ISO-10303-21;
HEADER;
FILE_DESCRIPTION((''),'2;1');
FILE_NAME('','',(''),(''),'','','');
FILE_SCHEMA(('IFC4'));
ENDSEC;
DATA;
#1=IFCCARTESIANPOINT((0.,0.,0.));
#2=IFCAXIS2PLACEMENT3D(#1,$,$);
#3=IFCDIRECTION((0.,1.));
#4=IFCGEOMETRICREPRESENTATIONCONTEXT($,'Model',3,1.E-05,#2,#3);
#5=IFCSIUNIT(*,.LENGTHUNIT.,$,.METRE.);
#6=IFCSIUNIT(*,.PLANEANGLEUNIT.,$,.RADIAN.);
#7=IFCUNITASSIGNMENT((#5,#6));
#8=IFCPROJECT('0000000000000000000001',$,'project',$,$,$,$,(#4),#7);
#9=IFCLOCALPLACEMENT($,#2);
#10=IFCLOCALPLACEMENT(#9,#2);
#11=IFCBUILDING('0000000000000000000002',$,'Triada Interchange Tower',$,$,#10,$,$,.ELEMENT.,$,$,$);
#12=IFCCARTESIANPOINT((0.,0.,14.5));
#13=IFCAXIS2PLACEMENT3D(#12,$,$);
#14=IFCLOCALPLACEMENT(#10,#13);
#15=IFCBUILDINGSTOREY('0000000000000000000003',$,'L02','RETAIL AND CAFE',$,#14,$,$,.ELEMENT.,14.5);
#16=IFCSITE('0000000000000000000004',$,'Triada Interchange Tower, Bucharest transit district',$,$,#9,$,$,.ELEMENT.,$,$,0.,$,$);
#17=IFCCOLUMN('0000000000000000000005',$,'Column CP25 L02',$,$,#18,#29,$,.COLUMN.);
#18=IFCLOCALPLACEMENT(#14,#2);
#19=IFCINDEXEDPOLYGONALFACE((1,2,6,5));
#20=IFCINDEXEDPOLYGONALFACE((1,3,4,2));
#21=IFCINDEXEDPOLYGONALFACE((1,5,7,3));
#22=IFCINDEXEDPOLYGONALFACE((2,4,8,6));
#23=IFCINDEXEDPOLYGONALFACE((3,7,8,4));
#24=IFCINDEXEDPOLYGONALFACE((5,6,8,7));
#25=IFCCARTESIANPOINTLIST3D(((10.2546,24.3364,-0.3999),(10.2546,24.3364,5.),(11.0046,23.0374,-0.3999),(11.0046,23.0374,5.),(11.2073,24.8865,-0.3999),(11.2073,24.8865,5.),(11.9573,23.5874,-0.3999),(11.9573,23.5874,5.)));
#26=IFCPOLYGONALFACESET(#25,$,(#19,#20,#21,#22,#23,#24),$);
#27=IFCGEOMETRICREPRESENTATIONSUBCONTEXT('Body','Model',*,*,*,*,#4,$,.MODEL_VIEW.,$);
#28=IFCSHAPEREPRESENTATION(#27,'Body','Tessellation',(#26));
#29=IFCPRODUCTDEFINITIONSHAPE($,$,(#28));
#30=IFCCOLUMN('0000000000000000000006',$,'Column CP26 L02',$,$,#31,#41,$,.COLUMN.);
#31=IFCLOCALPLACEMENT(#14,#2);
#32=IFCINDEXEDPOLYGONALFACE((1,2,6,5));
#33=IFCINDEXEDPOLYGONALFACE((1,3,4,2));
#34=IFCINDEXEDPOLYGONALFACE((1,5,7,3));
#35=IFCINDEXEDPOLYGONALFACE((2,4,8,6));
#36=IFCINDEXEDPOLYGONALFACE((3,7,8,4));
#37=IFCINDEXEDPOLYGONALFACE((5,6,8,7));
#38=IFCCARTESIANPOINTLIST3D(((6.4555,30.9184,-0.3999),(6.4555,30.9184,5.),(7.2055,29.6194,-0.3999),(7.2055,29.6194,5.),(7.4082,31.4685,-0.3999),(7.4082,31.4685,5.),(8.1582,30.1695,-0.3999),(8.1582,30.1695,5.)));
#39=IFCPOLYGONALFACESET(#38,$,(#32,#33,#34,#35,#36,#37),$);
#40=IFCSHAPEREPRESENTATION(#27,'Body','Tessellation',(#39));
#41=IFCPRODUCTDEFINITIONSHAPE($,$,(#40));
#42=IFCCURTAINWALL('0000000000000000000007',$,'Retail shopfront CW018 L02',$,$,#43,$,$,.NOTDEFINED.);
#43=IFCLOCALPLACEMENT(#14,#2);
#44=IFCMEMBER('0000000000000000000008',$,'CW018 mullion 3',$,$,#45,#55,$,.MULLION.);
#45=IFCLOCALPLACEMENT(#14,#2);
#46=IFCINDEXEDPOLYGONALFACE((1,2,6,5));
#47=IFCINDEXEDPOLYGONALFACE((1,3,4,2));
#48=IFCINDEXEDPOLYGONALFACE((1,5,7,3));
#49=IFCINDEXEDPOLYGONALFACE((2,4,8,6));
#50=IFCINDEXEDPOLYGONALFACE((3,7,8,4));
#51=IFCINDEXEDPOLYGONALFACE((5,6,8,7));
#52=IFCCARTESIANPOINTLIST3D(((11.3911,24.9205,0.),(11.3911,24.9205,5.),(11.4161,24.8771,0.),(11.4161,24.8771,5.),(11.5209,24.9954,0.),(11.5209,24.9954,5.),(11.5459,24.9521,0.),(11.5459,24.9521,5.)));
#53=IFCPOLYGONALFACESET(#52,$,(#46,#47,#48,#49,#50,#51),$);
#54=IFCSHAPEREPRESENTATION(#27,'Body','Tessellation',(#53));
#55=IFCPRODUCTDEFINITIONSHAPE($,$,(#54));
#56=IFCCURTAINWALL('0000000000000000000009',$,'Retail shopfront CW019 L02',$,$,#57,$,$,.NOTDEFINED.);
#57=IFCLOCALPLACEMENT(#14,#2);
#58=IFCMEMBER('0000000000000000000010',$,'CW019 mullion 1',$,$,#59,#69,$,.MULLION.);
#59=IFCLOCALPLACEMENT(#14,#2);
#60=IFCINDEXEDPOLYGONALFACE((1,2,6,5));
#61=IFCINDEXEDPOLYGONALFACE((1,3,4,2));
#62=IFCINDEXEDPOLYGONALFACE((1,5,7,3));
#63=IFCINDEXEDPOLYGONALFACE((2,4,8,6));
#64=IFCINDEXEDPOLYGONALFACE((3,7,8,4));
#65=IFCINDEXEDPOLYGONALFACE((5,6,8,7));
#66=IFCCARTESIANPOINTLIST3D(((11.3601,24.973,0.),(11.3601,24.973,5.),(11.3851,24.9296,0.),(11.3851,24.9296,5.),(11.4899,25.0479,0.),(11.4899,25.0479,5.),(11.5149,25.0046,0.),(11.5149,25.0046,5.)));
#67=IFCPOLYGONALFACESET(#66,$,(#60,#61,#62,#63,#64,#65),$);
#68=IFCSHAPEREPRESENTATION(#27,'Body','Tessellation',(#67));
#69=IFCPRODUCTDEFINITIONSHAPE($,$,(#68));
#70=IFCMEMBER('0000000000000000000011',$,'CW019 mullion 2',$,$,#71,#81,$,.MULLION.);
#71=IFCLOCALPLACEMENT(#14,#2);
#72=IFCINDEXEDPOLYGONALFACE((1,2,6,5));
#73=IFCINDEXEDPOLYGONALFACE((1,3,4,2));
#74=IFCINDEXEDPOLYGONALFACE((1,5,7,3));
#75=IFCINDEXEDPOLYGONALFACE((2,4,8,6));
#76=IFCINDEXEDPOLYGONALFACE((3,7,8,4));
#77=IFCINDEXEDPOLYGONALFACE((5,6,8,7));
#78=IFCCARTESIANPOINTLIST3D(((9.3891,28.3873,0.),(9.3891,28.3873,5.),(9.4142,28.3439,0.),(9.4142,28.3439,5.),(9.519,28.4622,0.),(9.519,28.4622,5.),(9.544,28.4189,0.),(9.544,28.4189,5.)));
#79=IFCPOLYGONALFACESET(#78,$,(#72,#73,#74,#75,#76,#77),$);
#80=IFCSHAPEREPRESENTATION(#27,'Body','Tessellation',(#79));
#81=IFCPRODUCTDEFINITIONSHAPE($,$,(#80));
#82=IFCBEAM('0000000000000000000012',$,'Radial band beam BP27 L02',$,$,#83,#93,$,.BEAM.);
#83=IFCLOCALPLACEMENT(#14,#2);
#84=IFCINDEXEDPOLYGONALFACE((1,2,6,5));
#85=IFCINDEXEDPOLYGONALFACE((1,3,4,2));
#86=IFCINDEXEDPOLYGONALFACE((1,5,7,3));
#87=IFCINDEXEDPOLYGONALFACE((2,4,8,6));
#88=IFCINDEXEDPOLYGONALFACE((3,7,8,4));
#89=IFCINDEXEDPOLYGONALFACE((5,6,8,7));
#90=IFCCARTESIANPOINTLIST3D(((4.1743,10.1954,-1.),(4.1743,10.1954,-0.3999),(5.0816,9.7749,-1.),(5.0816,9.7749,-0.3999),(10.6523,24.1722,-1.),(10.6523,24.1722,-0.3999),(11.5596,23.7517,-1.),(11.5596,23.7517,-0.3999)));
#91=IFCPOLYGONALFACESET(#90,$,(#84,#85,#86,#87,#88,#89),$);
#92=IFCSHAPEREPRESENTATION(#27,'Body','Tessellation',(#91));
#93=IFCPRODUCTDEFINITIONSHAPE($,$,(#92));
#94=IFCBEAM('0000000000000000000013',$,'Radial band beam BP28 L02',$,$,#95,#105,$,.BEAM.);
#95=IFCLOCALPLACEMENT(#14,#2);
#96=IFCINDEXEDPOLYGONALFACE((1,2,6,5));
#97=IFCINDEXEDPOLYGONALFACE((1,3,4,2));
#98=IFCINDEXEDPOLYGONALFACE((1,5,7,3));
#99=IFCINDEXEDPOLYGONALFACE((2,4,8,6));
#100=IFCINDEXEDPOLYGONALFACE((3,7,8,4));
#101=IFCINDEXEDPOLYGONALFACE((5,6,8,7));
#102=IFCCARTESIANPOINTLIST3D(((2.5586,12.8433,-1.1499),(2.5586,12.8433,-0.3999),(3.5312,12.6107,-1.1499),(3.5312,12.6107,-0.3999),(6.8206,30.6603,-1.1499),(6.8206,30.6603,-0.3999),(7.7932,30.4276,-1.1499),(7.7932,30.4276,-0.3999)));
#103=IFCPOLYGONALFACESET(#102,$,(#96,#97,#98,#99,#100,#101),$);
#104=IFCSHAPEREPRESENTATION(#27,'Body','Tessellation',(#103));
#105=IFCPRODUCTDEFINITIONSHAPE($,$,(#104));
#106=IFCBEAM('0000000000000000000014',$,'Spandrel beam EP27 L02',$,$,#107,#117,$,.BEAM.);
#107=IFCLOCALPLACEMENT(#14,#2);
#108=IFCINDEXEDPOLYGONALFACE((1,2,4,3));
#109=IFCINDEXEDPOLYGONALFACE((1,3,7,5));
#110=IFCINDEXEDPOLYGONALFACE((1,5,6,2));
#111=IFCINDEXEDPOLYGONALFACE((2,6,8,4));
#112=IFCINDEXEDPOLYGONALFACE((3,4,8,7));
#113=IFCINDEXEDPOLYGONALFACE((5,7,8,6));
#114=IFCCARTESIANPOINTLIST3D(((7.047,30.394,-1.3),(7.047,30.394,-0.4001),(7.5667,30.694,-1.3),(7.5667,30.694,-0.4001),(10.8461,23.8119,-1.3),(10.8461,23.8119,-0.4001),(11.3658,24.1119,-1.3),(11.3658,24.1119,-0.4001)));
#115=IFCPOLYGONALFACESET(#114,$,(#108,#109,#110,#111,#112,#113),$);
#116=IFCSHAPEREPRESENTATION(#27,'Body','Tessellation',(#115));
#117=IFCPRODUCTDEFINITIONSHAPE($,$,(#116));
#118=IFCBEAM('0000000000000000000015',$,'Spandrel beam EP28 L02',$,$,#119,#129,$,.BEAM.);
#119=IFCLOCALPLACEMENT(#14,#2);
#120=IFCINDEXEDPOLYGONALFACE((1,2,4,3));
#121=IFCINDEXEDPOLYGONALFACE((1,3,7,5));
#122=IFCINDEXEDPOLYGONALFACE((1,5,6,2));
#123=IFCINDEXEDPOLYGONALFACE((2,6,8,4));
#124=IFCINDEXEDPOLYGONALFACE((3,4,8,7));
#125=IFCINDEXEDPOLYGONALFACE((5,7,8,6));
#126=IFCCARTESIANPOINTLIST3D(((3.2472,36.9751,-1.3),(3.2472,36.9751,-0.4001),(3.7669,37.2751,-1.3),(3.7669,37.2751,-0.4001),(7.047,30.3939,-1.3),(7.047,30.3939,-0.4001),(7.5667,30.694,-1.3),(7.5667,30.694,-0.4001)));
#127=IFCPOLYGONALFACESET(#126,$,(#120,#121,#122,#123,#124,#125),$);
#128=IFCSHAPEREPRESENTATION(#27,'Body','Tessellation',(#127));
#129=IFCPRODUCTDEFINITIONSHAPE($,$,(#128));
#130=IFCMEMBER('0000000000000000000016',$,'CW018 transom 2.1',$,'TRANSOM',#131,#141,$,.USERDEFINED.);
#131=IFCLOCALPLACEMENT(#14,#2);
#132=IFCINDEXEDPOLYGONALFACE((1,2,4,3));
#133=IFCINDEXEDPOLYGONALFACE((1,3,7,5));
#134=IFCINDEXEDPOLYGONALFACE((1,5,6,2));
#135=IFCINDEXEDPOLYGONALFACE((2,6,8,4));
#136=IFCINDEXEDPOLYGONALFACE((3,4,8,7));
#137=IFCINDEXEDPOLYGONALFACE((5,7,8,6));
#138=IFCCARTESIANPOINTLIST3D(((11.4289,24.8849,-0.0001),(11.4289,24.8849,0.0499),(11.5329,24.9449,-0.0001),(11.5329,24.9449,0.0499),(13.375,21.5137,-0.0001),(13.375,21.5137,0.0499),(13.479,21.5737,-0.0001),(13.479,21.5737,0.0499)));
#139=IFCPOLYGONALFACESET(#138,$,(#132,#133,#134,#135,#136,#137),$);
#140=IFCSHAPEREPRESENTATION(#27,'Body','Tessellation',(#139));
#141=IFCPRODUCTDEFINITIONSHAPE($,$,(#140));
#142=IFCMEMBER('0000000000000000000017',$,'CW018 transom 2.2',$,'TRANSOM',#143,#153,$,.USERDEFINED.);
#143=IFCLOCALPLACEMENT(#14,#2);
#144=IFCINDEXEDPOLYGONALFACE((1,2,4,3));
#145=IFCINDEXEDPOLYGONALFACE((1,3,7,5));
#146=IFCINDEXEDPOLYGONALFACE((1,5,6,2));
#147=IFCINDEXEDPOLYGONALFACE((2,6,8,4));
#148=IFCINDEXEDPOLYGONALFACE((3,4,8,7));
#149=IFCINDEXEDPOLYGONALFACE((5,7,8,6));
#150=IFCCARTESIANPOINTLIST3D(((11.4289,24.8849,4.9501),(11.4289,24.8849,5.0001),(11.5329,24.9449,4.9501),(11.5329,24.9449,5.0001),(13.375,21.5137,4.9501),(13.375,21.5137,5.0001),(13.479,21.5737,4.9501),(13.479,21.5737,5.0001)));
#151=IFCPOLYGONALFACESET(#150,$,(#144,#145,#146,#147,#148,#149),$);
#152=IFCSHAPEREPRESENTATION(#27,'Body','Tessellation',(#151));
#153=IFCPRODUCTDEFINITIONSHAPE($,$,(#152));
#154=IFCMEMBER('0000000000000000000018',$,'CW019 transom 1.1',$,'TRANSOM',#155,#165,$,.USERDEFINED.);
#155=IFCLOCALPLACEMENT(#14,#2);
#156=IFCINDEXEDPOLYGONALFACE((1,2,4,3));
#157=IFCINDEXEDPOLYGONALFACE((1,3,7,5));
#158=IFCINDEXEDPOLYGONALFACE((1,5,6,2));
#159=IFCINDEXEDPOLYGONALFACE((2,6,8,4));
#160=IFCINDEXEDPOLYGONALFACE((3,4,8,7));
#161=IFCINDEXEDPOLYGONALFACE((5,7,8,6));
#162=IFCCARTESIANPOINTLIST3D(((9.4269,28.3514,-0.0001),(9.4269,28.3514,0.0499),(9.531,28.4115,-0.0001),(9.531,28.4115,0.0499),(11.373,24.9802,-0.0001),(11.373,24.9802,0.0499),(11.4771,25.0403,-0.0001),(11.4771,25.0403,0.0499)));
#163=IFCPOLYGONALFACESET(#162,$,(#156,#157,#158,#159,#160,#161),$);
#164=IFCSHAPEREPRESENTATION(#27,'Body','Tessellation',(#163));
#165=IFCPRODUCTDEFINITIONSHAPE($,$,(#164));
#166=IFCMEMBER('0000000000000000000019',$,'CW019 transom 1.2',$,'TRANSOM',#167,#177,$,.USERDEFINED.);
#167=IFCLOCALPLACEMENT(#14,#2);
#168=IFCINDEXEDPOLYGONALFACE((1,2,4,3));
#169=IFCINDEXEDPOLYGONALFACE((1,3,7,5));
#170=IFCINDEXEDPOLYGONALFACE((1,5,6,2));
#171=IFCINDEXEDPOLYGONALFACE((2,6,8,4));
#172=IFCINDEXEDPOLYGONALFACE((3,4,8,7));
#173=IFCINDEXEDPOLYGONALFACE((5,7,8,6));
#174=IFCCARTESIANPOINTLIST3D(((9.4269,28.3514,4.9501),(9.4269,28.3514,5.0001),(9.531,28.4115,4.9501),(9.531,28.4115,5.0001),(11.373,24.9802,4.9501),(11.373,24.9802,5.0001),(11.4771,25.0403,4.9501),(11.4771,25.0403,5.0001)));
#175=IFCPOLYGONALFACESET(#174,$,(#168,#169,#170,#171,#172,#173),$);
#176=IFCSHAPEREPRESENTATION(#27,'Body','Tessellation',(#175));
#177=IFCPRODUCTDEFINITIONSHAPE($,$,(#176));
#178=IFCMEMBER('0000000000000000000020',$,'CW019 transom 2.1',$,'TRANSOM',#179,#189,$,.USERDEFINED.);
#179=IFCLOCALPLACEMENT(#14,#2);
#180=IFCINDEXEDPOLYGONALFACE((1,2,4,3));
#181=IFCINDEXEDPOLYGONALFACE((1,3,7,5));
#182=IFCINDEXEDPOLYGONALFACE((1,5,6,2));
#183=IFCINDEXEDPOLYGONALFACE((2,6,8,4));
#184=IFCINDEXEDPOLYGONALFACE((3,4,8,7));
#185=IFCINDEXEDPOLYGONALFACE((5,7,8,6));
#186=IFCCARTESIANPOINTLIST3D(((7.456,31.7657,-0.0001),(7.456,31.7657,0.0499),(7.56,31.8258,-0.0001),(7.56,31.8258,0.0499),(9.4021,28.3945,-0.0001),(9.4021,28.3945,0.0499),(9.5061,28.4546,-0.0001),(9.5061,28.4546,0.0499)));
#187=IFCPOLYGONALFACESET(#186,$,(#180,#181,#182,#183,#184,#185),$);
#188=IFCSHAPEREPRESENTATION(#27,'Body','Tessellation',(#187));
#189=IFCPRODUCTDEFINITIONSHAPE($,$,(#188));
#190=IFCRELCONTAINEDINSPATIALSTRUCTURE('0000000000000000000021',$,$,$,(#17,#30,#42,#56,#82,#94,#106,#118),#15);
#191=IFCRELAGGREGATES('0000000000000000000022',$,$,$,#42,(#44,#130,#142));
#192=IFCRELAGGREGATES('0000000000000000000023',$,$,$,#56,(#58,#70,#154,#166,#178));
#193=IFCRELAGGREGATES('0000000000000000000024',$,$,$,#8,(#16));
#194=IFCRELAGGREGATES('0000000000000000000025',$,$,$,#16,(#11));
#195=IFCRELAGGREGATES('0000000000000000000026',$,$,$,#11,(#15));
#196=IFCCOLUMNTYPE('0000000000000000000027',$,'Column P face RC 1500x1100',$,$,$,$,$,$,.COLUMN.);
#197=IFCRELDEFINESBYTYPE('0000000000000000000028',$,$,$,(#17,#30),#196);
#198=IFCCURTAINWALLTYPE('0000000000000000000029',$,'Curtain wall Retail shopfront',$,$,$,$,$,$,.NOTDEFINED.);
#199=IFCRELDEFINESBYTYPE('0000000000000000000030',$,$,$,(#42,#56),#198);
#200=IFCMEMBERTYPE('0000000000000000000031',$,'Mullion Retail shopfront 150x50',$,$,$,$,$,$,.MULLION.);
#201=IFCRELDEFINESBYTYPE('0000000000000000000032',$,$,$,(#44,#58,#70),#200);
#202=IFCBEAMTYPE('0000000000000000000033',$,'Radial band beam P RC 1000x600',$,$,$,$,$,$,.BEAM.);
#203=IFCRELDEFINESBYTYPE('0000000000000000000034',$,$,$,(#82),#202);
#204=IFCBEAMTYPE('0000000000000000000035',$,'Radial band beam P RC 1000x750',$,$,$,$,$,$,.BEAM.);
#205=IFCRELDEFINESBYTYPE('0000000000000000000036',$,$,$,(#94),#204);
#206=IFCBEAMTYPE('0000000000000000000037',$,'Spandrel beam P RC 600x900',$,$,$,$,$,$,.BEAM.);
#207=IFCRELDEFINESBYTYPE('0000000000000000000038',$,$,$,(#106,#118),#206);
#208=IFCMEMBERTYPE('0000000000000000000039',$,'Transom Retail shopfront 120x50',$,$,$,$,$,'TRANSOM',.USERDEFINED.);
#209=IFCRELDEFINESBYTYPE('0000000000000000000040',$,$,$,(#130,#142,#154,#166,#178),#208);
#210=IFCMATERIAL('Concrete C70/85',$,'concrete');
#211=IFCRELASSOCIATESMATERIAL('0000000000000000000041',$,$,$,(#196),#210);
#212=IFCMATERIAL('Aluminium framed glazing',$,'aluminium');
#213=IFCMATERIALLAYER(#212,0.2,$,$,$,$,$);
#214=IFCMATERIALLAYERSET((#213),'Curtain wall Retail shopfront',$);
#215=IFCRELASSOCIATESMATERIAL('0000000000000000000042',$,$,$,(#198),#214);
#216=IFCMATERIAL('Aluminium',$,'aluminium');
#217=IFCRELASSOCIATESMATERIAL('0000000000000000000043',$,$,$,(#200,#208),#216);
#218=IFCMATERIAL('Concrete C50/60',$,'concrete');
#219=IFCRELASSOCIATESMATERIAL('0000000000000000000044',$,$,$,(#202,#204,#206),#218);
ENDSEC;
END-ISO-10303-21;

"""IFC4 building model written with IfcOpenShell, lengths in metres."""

from ifc_helpers import new_model, si_unit, direction, frame, origin, origin_2d, place, context, subcontext, project, spatial, rectangle, extrude, material, layer, layer_set, material_profile, profile_set, type_object, element, aggregate, save


model = new_model("IFC4")

# Units and contexts
model_context = context("Model", 3, precision=1e-05, world=origin(), true_north=direction((0.0, 1.0)))
body_context = subcontext(model_context, "Body", "Model", "MODEL_VIEW")
ifc_project = project(units=[si_unit("LENGTHUNIT", "METRE"), si_unit("PLANEANGLEUNIT", "RADIAN")], contexts=[model_context])

# Site, building, storey
site_placement = place(None, origin())
site = spatial("IfcSite", under=ifc_project, at=site_placement, Name="Triada Interchange Tower, Bucharest transit district", CompositionType="ELEMENT", RefElevation=0.0)
building_placement = place(site_placement, origin())
building = spatial("IfcBuilding", under=site, at=building_placement, Name="Triada Interchange Tower", CompositionType="ELEMENT")
storey_placement = place(building_placement, frame((0.0, 0.0, 14.5)))
storey = spatial("IfcBuildingStorey", under=building, at=storey_placement, Name="L02", Description="RETAIL AND CAFE", CompositionType="ELEMENT", Elevation=14.5)

# Columns
ifc_material_1 = material(Name="Concrete C70/85", Category="concrete")
ifc_material_profile_1 = material_profile(ifc_material_1, rectangle(XDim=1.5, YDim=1.1001, at=origin_2d()), Name="RC 1500x1100")
ifc_profile_set_1 = profile_set([ifc_material_profile_1], Name="Concrete C70/85")
column_type = type_object("IfcColumnType", Name="Column P face RC 1500x1100", PredefinedType="COLUMN", material=ifc_profile_set_1)
for number, where, z_axis, x_axis, name in (
    (1, (11.106, 23.9619, -0.3999), (0.0, 0.0, 1.0), (-0.5, 0.866025, 0.0), "Column CP25 L02"),
    (2, (7.3069, 30.5439, -0.3999), (0.0, 0.0, 1.0), (-0.5, 0.866025, 0.0), "Column CP26 L02"),
):
    element("IfcColumn", number, at=place(storey_placement, frame(where, z_axis=z_axis, x_axis=x_axis)), inside=storey, type_object=column_type, Name=name, PredefinedType="COLUMN", context=body_context, shape_type="SweptSolid", body=[
        extrude(rectangle(XDim=1.5, YDim=1.1001, at=origin_2d()), origin(), (0.0, 0.0, 1.0), 5.3999),
    ])

# Curtain wall, member
ifc_material_2 = material(Name="Aluminium framed glazing", Category="aluminium")
ifc_layer_1 = layer(ifc_material_2, 0.2)
ifc_layer_set_1 = layer_set([ifc_layer_1], Name="Curtain wall Retail shopfront")
curtain_wall_type = type_object("IfcCurtainWallType", Name="Curtain wall Retail shopfront", PredefinedType="NOTDEFINED", material=ifc_layer_set_1)
curtain_wall_1_placement = place(storey_placement, origin())
curtain_wall_1 = element("IfcCurtainWall", 3, at=curtain_wall_1_placement, inside=storey, type_object=curtain_wall_type, Name="Retail shopfront CW018 L02", PredefinedType="NOTDEFINED")
ifc_material_3 = material(Name="Aluminium", Category="aluminium")
ifc_material_profile_2 = material_profile(ifc_material_3, rectangle(XDim=0.1499, YDim=0.05, at=origin_2d()), Name="Aluminium mullion")
ifc_profile_set_2 = profile_set([ifc_material_profile_2], Name="Aluminium")
member_type_1 = type_object("IfcMemberType", Name="Mullion Retail shopfront 150x50", PredefinedType="MULLION", material=ifc_profile_set_2)
member_1_placement = place(storey_placement, frame((11.4685, 24.9363, 0.0), z_axis=(0.0, 0.0, 1.0), x_axis=(-0.866055, -0.499948, 0.0)))
member_1 = element("IfcMember", 4, at=member_1_placement, type_object=member_type_1, Name="CW018 mullion 3", PredefinedType="MULLION", context=body_context, shape_type="SweptSolid", body=[
    extrude(rectangle(XDim=0.1499, YDim=0.05, at=origin_2d()), origin(), (0.0, 0.0, 1.0), 5.0),
])

# Curtain wall, members
curtain_wall_2_placement = place(storey_placement, origin())
curtain_wall_2 = element("IfcCurtainWall", 5, at=curtain_wall_2_placement, inside=storey, type_object=curtain_wall_type, Name="Retail shopfront CW019 L02", PredefinedType="NOTDEFINED")
member_2_placement = place(storey_placement, frame((11.4375, 24.9888, 0.0), z_axis=(0.0, 0.0, 1.0), x_axis=(-0.866055, -0.499948, 0.0)))
member_2 = element("IfcMember", 6, at=member_2_placement, type_object=member_type_1, Name="CW019 mullion 1", PredefinedType="MULLION", context=body_context, shape_type="SweptSolid", body=[
    extrude(rectangle(XDim=0.1499, YDim=0.05, at=origin_2d()), origin(), (0.0, 0.0, 1.0), 5.0),
])
member_3_placement = place(storey_placement, frame((9.4666, 28.4031, 0.0), z_axis=(0.0, 0.0, 1.0), x_axis=(-0.866055, -0.499948, 0.0)))
member_3 = element("IfcMember", 7, at=member_3_placement, type_object=member_type_1, Name="CW019 mullion 2", PredefinedType="MULLION", context=body_context, shape_type="SweptSolid", body=[
    extrude(rectangle(XDim=0.1499, YDim=0.05, at=origin_2d()), origin(), (0.0, 0.0, 1.0), 5.0),
])

# Beams
ifc_material_4 = material(Name="Concrete C50/60", Category="concrete")
ifc_material_profile_3 = material_profile(ifc_material_4, rectangle(XDim=1.0, YDim=0.6001, at=origin_2d()), Name="RC 1000x600")
ifc_profile_set_3 = profile_set([ifc_material_profile_3], Name="Concrete C50/60")
beam_type_1 = type_object("IfcBeamType", Name="Radial band beam P RC 1000x600", PredefinedType="BEAM", material=ifc_profile_set_3)
beam_1_placement = place(storey_placement, frame((11.106, 23.9619, -0.7), z_axis=(-0.420513, -0.907287, 0.0), x_axis=(0.907287, -0.420513, 0.0)))
element("IfcBeam", 8, at=beam_1_placement, inside=storey, type_object=beam_type_1, Name="Radial band beam BP27 L02", PredefinedType="BEAM", context=body_context, shape_type="SweptSolid", body=[
    extrude(rectangle(XDim=1.0, YDim=0.6001, at=origin_2d()), origin(), (0.0, 0.0, 1.0), 15.405),
])
ifc_material_profile_4 = material_profile(ifc_material_4, rectangle(XDim=1.0, YDim=0.75, at=origin_2d()), Name="RC 1000x750")
ifc_profile_set_4 = profile_set([ifc_material_profile_4], Name="Concrete C50/60")
beam_type_2 = type_object("IfcBeamType", Name="Radial band beam P RC 1000x750", PredefinedType="BEAM", material=ifc_profile_set_4)
beam_2_placement = place(storey_placement, frame((7.3069, 30.5439, -0.7749), z_axis=(-0.232646, -0.972562, 0.0), x_axis=(0.972562, -0.232646, 0.0)))
element("IfcBeam", 9, at=beam_2_placement, inside=storey, type_object=beam_type_2, Name="Radial band beam BP28 L02", PredefinedType="BEAM", context=body_context, shape_type="SweptSolid", body=[
    extrude(rectangle(XDim=1.0, YDim=0.75, at=origin_2d()), origin(), (0.0, 0.0, 1.0), 18.3196),
])
ifc_material_profile_5 = material_profile(ifc_material_4, rectangle(XDim=0.6001, YDim=0.8999, at=origin_2d()), Name="RC 600x900")
ifc_profile_set_5 = profile_set([ifc_material_profile_5], Name="Concrete C50/60")
beam_type_3 = type_object("IfcBeamType", Name="Spandrel beam P RC 600x900", PredefinedType="BEAM", material=ifc_profile_set_5)
beam_3_placement = place(storey_placement, frame((11.106, 23.9619, -0.8501), z_axis=(-0.499895, 0.866086, 0.0), x_axis=(-0.866086, -0.499895, 0.0)))
element("IfcBeam", 10, at=beam_3_placement, inside=storey, type_object=beam_type_3, Name="Spandrel beam EP27 L02", PredefinedType="BEAM", context=body_context, shape_type="SweptSolid", body=[
    extrude(rectangle(XDim=0.6001, YDim=0.8999, at=origin_2d()), origin(), (0.0, 0.0, 1.0), 7.5999),
])
beam_4_placement = place(storey_placement, frame((7.3069, 30.5439, -0.8501), z_axis=(-0.500023, 0.866012, 0.0), x_axis=(-0.866012, -0.500023, 0.0)))
element("IfcBeam", 11, at=beam_4_placement, inside=storey, type_object=beam_type_3, Name="Spandrel beam EP28 L02", PredefinedType="BEAM", context=body_context, shape_type="SweptSolid", body=[
    extrude(rectangle(XDim=0.6001, YDim=0.8999, at=origin_2d()), origin(), (0.0, 0.0, 1.0), 7.5994),
])

# Members
ifc_material_profile_6 = material_profile(ifc_material_3, rectangle(XDim=0.1201, YDim=0.05, at=origin_2d()), Name="Aluminium transom")
ifc_profile_set_6 = profile_set([ifc_material_profile_6], Name="Aluminium")
member_type_2 = type_object("IfcMemberType", Name="Transom Retail shopfront 120x50", ElementType="TRANSOM", PredefinedType="USERDEFINED", material=ifc_profile_set_6)
member_4_placement = place(storey_placement, frame((13.427, 21.5437, 0.0249), z_axis=(-0.49995, 0.866054, 0.0), x_axis=(-0.866054, -0.49995, 0.0)))
member_4 = element("IfcMember", 12, at=member_4_placement, type_object=member_type_2, Name="CW018 transom 2.1", ObjectType="TRANSOM", PredefinedType="USERDEFINED", context=body_context, shape_type="SweptSolid", body=[
    extrude(rectangle(XDim=0.1201, YDim=0.05, at=origin_2d()), origin(), (0.0, 0.0, 1.0), 3.8926),
])
member_5_placement = place(storey_placement, frame((13.427, 21.5437, 4.9751), z_axis=(-0.49995, 0.866054, 0.0), x_axis=(-0.866054, -0.49995, 0.0)))
member_5 = element("IfcMember", 13, at=member_5_placement, type_object=member_type_2, Name="CW018 transom 2.2", ObjectType="TRANSOM", PredefinedType="USERDEFINED", context=body_context, shape_type="SweptSolid", body=[
    extrude(rectangle(XDim=0.1201, YDim=0.05, at=origin_2d()), origin(), (0.0, 0.0, 1.0), 3.8926),
])
member_6_placement = place(storey_placement, frame((11.425, 25.0103, 0.0249), z_axis=(-0.49995, 0.866054, 0.0), x_axis=(-0.866054, -0.49995, 0.0)))
member_6 = element("IfcMember", 14, at=member_6_placement, type_object=member_type_2, Name="CW019 transom 1.1", ObjectType="TRANSOM", PredefinedType="USERDEFINED", context=body_context, shape_type="SweptSolid", body=[
    extrude(rectangle(XDim=0.1201, YDim=0.05, at=origin_2d()), origin(), (0.0, 0.0, 1.0), 3.8926),
])
member_7_placement = place(storey_placement, frame((11.425, 25.0103, 4.9751), z_axis=(-0.49995, 0.866054, 0.0), x_axis=(-0.866054, -0.49995, 0.0)))
member_7 = element("IfcMember", 15, at=member_7_placement, type_object=member_type_2, Name="CW019 transom 1.2", ObjectType="TRANSOM", PredefinedType="USERDEFINED", context=body_context, shape_type="SweptSolid", body=[
    extrude(rectangle(XDim=0.1201, YDim=0.05, at=origin_2d()), origin(), (0.0, 0.0, 1.0), 3.8926),
])
member_8_placement = place(storey_placement, frame((9.4541, 28.4246, 0.0249), z_axis=(-0.49995, 0.866054, 0.0), x_axis=(-0.866054, -0.49995, 0.0)))
member_8 = element("IfcMember", 16, at=member_8_placement, type_object=member_type_2, Name="CW019 transom 2.1", ObjectType="TRANSOM", PredefinedType="USERDEFINED", context=body_context, shape_type="SweptSolid", body=[
    extrude(rectangle(XDim=0.1201, YDim=0.05, at=origin_2d()), origin(), (0.0, 0.0, 1.0), 3.8926),
])

aggregate(curtain_wall_1, [member_1, member_4, member_5])
aggregate(curtain_wall_2, [member_2, member_3, member_6, member_7, member_8])

save(model, "model.ifc")
